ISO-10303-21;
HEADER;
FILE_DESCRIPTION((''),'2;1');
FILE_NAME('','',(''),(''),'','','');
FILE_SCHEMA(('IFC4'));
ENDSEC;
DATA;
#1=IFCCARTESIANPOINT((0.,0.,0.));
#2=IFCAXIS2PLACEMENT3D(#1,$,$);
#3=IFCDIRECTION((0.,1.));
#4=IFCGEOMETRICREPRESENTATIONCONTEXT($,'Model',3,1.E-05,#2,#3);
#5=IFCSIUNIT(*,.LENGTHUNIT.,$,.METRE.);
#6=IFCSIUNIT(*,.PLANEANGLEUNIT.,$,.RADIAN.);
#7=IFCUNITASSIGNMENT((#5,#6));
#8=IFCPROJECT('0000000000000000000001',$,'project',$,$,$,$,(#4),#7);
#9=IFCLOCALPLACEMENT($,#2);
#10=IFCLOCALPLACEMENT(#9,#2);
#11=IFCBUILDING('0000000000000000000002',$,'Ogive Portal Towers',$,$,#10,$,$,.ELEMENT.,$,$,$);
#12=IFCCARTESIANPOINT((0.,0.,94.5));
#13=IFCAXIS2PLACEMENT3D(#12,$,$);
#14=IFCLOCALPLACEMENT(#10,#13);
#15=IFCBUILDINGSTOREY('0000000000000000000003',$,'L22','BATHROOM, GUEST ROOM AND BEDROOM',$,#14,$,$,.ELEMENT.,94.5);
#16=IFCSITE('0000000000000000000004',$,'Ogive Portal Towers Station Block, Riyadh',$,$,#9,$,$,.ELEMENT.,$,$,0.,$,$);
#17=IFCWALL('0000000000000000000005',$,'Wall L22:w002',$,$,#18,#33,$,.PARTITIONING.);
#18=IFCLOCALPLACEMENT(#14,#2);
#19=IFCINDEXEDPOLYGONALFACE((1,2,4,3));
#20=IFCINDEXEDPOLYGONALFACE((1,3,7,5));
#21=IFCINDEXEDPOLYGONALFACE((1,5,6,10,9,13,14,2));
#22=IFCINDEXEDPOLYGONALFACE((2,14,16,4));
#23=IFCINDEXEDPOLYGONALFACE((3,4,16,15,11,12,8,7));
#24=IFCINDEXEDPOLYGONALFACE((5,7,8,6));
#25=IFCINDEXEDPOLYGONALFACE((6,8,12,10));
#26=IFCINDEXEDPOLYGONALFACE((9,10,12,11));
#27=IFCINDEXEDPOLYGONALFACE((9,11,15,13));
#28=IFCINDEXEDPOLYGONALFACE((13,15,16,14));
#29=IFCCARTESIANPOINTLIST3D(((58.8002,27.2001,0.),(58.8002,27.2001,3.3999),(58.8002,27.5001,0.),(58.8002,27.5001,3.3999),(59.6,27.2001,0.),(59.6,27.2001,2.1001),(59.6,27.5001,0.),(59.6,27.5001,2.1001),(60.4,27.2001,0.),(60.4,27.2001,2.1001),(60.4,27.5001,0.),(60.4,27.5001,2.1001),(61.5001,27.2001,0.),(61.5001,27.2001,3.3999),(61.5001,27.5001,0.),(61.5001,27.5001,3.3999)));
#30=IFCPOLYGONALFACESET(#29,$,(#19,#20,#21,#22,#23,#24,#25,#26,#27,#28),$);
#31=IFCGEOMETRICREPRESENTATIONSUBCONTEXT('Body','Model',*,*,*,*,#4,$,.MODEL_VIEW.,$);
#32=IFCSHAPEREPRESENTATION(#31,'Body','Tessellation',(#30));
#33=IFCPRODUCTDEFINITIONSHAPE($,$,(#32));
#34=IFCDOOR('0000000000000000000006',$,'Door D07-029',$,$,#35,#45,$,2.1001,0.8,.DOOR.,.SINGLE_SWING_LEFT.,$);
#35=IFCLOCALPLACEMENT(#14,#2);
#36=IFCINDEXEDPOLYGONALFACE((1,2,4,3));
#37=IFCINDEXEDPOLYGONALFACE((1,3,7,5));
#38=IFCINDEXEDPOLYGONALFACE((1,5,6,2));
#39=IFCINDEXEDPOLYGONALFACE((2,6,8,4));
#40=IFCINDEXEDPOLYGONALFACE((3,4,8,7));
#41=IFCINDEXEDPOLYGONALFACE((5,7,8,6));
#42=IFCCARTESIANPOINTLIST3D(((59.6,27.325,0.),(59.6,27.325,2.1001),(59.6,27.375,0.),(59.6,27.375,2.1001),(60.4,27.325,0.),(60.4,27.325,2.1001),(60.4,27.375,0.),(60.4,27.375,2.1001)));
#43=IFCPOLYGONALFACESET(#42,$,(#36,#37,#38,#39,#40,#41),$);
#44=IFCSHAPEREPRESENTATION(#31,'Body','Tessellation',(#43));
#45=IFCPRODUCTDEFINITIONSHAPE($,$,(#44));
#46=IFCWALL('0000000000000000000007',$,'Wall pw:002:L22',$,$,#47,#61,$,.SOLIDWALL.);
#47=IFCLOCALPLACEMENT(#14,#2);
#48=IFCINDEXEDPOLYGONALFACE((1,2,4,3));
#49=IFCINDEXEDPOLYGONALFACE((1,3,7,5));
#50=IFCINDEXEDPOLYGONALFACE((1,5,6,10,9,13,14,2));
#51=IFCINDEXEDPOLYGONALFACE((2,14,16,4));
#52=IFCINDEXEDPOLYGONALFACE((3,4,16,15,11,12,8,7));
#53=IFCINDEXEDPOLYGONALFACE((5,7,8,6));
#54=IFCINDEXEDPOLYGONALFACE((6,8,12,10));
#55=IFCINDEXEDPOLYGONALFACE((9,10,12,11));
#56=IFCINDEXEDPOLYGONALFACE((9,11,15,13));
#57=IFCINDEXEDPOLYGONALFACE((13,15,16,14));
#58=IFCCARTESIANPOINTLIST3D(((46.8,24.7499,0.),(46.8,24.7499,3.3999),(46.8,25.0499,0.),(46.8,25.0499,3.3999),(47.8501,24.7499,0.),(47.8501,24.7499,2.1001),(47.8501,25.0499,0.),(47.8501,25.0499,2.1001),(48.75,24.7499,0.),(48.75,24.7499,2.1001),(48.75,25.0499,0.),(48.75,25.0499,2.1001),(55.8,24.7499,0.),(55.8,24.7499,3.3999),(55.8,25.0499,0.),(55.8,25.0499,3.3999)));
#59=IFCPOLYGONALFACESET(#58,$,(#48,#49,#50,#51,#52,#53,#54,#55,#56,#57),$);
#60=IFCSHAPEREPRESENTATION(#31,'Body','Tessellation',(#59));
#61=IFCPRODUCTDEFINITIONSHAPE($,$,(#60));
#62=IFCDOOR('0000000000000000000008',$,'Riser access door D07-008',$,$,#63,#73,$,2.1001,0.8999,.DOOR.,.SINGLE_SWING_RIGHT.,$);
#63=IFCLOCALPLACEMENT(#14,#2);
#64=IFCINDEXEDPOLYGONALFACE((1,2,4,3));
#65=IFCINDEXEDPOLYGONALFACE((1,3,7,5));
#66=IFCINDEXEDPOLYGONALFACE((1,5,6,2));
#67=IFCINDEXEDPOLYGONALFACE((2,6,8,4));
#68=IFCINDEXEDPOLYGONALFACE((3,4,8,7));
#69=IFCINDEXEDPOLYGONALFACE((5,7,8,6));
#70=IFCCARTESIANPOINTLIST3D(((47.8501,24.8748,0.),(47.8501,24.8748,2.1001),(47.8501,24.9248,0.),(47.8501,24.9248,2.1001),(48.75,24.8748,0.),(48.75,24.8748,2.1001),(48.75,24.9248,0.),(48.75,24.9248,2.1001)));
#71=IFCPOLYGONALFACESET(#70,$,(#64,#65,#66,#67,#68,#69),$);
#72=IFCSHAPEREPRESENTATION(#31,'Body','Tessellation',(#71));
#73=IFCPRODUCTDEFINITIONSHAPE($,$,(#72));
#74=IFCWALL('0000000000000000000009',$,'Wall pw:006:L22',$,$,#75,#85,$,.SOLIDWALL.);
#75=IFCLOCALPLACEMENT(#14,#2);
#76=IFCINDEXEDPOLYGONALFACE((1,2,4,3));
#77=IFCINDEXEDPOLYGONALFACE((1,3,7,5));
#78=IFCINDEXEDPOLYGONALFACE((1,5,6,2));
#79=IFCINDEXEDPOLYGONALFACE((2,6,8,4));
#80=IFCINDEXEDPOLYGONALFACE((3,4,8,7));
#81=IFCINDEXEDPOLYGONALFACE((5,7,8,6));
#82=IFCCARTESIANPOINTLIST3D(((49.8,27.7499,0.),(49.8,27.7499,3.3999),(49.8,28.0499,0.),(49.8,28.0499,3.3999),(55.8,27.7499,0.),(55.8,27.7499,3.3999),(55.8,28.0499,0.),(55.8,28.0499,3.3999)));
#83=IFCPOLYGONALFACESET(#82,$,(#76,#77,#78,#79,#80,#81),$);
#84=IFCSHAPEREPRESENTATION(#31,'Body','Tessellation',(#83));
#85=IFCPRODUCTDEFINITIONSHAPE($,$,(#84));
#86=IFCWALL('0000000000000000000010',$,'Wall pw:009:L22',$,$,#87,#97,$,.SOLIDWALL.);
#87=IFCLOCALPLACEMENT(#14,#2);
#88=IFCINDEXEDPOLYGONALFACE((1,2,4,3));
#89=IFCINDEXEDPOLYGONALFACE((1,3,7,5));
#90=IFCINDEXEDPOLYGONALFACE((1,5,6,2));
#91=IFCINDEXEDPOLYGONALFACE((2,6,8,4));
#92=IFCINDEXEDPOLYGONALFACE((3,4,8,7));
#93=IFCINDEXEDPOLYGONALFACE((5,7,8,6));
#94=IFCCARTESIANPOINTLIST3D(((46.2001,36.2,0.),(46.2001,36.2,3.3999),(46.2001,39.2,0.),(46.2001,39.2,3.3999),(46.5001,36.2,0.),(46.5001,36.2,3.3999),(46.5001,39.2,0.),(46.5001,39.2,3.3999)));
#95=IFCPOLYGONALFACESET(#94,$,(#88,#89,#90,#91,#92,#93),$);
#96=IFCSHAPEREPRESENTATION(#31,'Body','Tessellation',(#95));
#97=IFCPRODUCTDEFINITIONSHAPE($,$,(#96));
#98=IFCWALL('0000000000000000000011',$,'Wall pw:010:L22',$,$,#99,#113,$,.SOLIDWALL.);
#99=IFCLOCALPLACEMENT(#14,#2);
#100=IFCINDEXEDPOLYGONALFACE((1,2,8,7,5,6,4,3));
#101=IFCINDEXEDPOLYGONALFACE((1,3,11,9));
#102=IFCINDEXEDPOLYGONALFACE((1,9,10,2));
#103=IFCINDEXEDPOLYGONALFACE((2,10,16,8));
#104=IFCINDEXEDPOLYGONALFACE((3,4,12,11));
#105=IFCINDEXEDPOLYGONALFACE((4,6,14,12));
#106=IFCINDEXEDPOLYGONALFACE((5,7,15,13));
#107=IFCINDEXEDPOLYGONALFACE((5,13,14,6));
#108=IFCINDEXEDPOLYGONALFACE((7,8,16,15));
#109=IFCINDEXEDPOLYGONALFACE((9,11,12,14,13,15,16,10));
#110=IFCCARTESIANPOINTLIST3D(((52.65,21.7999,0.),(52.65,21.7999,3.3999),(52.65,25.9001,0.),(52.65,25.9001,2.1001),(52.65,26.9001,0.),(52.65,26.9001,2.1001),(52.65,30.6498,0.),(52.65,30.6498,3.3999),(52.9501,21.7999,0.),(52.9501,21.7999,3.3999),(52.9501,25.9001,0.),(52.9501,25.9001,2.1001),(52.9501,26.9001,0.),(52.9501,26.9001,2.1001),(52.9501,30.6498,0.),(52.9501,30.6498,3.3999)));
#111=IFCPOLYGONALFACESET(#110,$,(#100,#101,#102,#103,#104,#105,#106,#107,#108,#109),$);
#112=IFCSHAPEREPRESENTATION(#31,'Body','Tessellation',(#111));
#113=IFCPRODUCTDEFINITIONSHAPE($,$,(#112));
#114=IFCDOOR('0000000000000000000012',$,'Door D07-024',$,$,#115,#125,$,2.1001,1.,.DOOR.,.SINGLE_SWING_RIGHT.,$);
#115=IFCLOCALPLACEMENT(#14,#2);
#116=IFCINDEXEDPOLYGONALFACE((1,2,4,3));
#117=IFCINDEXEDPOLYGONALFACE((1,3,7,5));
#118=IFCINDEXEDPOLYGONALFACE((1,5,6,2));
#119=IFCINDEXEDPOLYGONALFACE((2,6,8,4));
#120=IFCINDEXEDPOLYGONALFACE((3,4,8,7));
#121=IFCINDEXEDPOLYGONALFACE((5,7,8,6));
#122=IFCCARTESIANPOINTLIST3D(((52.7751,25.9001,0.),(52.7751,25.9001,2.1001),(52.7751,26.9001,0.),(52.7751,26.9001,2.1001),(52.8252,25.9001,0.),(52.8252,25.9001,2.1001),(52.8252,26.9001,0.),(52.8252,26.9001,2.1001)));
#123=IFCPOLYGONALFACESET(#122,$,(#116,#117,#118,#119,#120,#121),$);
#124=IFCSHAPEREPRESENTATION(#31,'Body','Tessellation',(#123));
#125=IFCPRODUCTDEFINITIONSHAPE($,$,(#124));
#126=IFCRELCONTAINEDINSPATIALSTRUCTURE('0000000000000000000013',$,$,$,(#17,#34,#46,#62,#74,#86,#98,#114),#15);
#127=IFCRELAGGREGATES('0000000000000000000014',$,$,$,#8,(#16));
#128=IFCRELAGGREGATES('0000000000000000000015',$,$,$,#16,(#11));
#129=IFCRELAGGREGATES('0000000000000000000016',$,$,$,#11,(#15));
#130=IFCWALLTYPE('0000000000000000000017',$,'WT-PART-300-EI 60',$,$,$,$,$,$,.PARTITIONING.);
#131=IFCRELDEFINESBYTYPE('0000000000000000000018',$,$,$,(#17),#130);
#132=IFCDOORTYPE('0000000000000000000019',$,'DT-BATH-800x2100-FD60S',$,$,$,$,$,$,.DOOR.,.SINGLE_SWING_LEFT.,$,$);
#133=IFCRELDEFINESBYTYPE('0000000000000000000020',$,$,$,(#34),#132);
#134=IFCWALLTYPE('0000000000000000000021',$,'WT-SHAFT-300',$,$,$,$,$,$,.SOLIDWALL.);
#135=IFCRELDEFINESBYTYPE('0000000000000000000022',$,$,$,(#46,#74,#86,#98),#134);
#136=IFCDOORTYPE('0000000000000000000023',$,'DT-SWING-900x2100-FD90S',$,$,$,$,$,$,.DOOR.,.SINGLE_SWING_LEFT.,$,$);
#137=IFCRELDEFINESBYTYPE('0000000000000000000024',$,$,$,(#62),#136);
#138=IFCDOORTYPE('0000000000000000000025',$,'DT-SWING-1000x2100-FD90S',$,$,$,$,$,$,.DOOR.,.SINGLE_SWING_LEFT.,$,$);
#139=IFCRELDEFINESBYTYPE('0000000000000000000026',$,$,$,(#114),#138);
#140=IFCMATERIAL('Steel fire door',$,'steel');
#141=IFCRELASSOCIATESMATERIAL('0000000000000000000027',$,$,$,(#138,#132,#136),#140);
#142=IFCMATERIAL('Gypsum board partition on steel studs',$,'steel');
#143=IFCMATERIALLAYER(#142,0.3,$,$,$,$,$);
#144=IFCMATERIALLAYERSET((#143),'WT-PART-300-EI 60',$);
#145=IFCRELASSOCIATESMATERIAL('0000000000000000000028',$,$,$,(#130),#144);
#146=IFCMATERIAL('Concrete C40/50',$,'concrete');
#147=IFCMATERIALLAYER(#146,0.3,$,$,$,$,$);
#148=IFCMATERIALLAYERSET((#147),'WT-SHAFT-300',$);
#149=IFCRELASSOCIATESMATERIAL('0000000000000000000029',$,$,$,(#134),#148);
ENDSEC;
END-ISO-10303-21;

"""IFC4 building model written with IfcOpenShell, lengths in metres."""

from ifc_helpers import new_model, si_unit, direction, frame, frame_2d, origin, place, context, subcontext, project, spatial, rectangle, extrude, material, layer, layer_set, type_object, element, fill, save


model = new_model("IFC4")

# Units and contexts
model_context = context("Model", 3, precision=1e-05, world=origin(), true_north=direction((0.0, 1.0)))
body_context = subcontext(model_context, "Body", "Model", "MODEL_VIEW")
ifc_project = project(units=[si_unit("LENGTHUNIT", "METRE"), si_unit("PLANEANGLEUNIT", "RADIAN")], contexts=[model_context])

# Site, building, storey
site_placement = place(None, origin())
site = spatial("IfcSite", under=ifc_project, at=site_placement, Name="Ogive Portal Towers Station Block, Riyadh", CompositionType="ELEMENT", RefElevation=0.0)
building_placement = place(site_placement, origin())
building = spatial("IfcBuilding", under=site, at=building_placement, Name="Ogive Portal Towers", CompositionType="ELEMENT")
storey_placement = place(building_placement, frame((0.0, 0.0, 94.5)))
storey = spatial("IfcBuildingStorey", under=building, at=storey_placement, Name="L22", Description="BATHROOM, GUEST ROOM AND BEDROOM", CompositionType="ELEMENT", Elevation=94.5)

# Shared definitions
ifc_material_1 = material(Name="Steel fire door", Category="steel")
door_type_1 = type_object("IfcDoorType", Name="DT-SWING-1000x2100-FD90S", OperationType="SINGLE_SWING_LEFT", PredefinedType="DOOR", material=ifc_material_1)

# Shared definitions
ifc_material_2 = material(Name="Gypsum board partition on steel studs", Category="steel")

# Walls, openings, doors
ifc_layer_1 = layer(ifc_material_2, 0.3)
ifc_layer_set_1 = layer_set([ifc_layer_1], Name="WT-PART-300-EI 60")
wall_type_1 = type_object("IfcWallType", Name="WT-PART-300-EI 60", PredefinedType="PARTITIONING", material=ifc_layer_set_1)
wall_1_placement = place(storey_placement, frame((58.8, 27.3501, 0.0), z_axis=(0.0, 0.0, 1.0), x_axis=(1.0, 0.0, 0.0)))
wall_1 = element("IfcWall", 1, at=wall_1_placement, inside=storey, type_object=wall_type_1, Name="Wall L22:w002", PredefinedType="PARTITIONING", context=body_context, shape_type="SweptSolid", body=[
    extrude(rectangle(XDim=2.7, YDim=0.3, at=frame_2d((1.3501, 0.0))), origin(), (0.0, 0.0, 1.0), 3.3999),
])
opening_1_placement = place(wall_1_placement, frame((0.8, 0.0, 0.0)))
opening_1 = element("IfcOpeningElement", 2, at=opening_1_placement, cuts=wall_1, PredefinedType="OPENING", context=body_context, shape_type="SweptSolid", body=[
    extrude(rectangle(XDim=0.8, YDim=2.1001, at=frame_2d((0.3999, 1.05))), frame((0.0, 0.1602, 0.0), z_axis=(0.0, -1.0, 0.0), x_axis=(1.0, 0.0, 0.0)), (0.0, 0.0, 1.0), 0.3201),
])
door_type_2 = type_object("IfcDoorType", Name="DT-BATH-800x2100-FD60S", OperationType="SINGLE_SWING_LEFT", PredefinedType="DOOR", material=ifc_material_1)
door_1_placement = place(opening_1_placement, origin())
door_1 = element("IfcDoor", 3, at=door_1_placement, inside=storey, type_object=door_type_2, Name="Door D07-029", OperationType="SINGLE_SWING_LEFT", OverallHeight=2.1001, OverallWidth=0.8, PredefinedType="DOOR", context=body_context, shape_type="SweptSolid", body=[
    extrude(rectangle(XDim=0.8, YDim=2.1001, at=frame_2d((0.3999, 1.05))), frame((0.0, 0.0249, 0.0), z_axis=(0.0, -1.0, 0.0), x_axis=(1.0, 0.0, 0.0)), (0.0, 0.0, 1.0), 0.05),
])
fill(opening_1, door_1)
ifc_material_3 = material(Name="Concrete C40/50", Category="concrete")
ifc_layer_2 = layer(ifc_material_3, 0.3)
ifc_layer_set_2 = layer_set([ifc_layer_2], Name="WT-SHAFT-300")
wall_type_2 = type_object("IfcWallType", Name="WT-SHAFT-300", PredefinedType="SOLIDWALL", material=ifc_layer_set_2)
wall_2_placement = place(storey_placement, frame((46.8, 24.8999, 0.0), z_axis=(0.0, 0.0, 1.0), x_axis=(1.0, 0.0, 0.0)))
wall_2 = element("IfcWall", 4, at=wall_2_placement, inside=storey, type_object=wall_type_2, Name="Wall pw:002:L22", PredefinedType="SOLIDWALL", context=body_context, shape_type="SweptSolid", body=[
    extrude(rectangle(XDim=9.0, YDim=0.3, at=frame_2d((4.5, 0.0))), origin(), (0.0, 0.0, 1.0), 3.3999),
])
opening_2_placement = place(wall_2_placement, frame((1.05, 0.0, 0.0)))
opening_2 = element("IfcOpeningElement", 5, at=opening_2_placement, cuts=wall_2, PredefinedType="OPENING", context=body_context, shape_type="SweptSolid", body=[
    extrude(rectangle(XDim=0.8999, YDim=2.1001, at=frame_2d((0.45, 1.05))), frame((0.0, 0.1602, 0.0), z_axis=(0.0, -1.0, 0.0), x_axis=(1.0, 0.0, 0.0)), (0.0, 0.0, 1.0), 0.3201),
])
door_type_3 = type_object("IfcDoorType", Name="DT-SWING-900x2100-FD90S", OperationType="SINGLE_SWING_LEFT", PredefinedType="DOOR", material=ifc_material_1)
door_2_placement = place(opening_2_placement, origin())
door_2 = element("IfcDoor", 6, at=door_2_placement, inside=storey, type_object=door_type_3, Name="Riser access door D07-008", OperationType="SINGLE_SWING_RIGHT", OverallHeight=2.1001, OverallWidth=0.8999, PredefinedType="DOOR", context=body_context, shape_type="SweptSolid", body=[
    extrude(rectangle(XDim=0.8999, YDim=2.1001, at=frame_2d((0.45, 1.05))), frame((0.0, 0.0249, 0.0), z_axis=(0.0, -1.0, 0.0), x_axis=(1.0, 0.0, 0.0)), (0.0, 0.0, 1.0), 0.05),
])
fill(opening_2, door_2)

# Walls
wall_3_placement = place(storey_placement, frame((49.8, 27.8999, 0.0), z_axis=(0.0, 0.0, 1.0), x_axis=(1.0, 0.0, 0.0)))
element("IfcWall", 7, at=wall_3_placement, inside=storey, type_object=wall_type_2, Name="Wall pw:006:L22", PredefinedType="SOLIDWALL", context=body_context, shape_type="SweptSolid", body=[
    extrude(rectangle(XDim=6.0, YDim=0.3, at=frame_2d((3.0, 0.0))), origin(), (0.0, 0.0, 1.0), 3.3999),
])
wall_4_placement = place(storey_placement, frame((46.3501, 36.2, 0.0), z_axis=(0.0, 0.0, 1.0), x_axis=(0.0, 1.0, 0.0)))
element("IfcWall", 8, at=wall_4_placement, inside=storey, type_object=wall_type_2, Name="Wall pw:009:L22", PredefinedType="SOLIDWALL", context=body_context, shape_type="SweptSolid", body=[
    extrude(rectangle(XDim=3.0, YDim=0.3, at=frame_2d((1.5, 0.0))), origin(), (0.0, 0.0, 1.0), 3.3999),
])

# Wall, opening, door
wall_5_placement = place(storey_placement, frame((52.8, 21.8, 0.0), z_axis=(0.0, 0.0, 1.0), x_axis=(0.0, 1.0, 0.0)))
wall_5 = element("IfcWall", 9, at=wall_5_placement, inside=storey, type_object=wall_type_2, Name="Wall pw:010:L22", PredefinedType="SOLIDWALL", context=body_context, shape_type="SweptSolid", body=[
    extrude(rectangle(XDim=8.8499, YDim=0.3, at=frame_2d((4.4248, 0.0))), origin(), (0.0, 0.0, 1.0), 3.3999),
])
opening_3_placement = place(wall_5_placement, frame((4.1001, 0.0, 0.0)))
opening_3 = element("IfcOpeningElement", 10, at=opening_3_placement, cuts=wall_5, PredefinedType="OPENING", context=body_context, shape_type="SweptSolid", body=[
    extrude(rectangle(XDim=1.0, YDim=2.1001, at=frame_2d((0.5, 1.05))), frame((0.0, 0.1602, 0.0), z_axis=(0.0, -1.0, 0.0), x_axis=(1.0, 0.0, 0.0)), (0.0, 0.0, 1.0), 0.3201),
])
door_3_placement = place(opening_3_placement, origin())
door_3 = element("IfcDoor", 11, at=door_3_placement, inside=storey, type_object=door_type_1, Name="Door D07-024", OperationType="SINGLE_SWING_RIGHT", OverallHeight=2.1001, OverallWidth=1.0, PredefinedType="DOOR", context=body_context, shape_type="SweptSolid", body=[
    extrude(rectangle(XDim=1.0, YDim=2.1001, at=frame_2d((0.5, 1.05))), frame((0.0, 0.0249, 0.0), z_axis=(0.0, -1.0, 0.0), x_axis=(1.0, 0.0, 0.0)), (0.0, 0.0, 1.0), 0.05),
])
fill(opening_3, door_3)

save(model, "model.ifc")
